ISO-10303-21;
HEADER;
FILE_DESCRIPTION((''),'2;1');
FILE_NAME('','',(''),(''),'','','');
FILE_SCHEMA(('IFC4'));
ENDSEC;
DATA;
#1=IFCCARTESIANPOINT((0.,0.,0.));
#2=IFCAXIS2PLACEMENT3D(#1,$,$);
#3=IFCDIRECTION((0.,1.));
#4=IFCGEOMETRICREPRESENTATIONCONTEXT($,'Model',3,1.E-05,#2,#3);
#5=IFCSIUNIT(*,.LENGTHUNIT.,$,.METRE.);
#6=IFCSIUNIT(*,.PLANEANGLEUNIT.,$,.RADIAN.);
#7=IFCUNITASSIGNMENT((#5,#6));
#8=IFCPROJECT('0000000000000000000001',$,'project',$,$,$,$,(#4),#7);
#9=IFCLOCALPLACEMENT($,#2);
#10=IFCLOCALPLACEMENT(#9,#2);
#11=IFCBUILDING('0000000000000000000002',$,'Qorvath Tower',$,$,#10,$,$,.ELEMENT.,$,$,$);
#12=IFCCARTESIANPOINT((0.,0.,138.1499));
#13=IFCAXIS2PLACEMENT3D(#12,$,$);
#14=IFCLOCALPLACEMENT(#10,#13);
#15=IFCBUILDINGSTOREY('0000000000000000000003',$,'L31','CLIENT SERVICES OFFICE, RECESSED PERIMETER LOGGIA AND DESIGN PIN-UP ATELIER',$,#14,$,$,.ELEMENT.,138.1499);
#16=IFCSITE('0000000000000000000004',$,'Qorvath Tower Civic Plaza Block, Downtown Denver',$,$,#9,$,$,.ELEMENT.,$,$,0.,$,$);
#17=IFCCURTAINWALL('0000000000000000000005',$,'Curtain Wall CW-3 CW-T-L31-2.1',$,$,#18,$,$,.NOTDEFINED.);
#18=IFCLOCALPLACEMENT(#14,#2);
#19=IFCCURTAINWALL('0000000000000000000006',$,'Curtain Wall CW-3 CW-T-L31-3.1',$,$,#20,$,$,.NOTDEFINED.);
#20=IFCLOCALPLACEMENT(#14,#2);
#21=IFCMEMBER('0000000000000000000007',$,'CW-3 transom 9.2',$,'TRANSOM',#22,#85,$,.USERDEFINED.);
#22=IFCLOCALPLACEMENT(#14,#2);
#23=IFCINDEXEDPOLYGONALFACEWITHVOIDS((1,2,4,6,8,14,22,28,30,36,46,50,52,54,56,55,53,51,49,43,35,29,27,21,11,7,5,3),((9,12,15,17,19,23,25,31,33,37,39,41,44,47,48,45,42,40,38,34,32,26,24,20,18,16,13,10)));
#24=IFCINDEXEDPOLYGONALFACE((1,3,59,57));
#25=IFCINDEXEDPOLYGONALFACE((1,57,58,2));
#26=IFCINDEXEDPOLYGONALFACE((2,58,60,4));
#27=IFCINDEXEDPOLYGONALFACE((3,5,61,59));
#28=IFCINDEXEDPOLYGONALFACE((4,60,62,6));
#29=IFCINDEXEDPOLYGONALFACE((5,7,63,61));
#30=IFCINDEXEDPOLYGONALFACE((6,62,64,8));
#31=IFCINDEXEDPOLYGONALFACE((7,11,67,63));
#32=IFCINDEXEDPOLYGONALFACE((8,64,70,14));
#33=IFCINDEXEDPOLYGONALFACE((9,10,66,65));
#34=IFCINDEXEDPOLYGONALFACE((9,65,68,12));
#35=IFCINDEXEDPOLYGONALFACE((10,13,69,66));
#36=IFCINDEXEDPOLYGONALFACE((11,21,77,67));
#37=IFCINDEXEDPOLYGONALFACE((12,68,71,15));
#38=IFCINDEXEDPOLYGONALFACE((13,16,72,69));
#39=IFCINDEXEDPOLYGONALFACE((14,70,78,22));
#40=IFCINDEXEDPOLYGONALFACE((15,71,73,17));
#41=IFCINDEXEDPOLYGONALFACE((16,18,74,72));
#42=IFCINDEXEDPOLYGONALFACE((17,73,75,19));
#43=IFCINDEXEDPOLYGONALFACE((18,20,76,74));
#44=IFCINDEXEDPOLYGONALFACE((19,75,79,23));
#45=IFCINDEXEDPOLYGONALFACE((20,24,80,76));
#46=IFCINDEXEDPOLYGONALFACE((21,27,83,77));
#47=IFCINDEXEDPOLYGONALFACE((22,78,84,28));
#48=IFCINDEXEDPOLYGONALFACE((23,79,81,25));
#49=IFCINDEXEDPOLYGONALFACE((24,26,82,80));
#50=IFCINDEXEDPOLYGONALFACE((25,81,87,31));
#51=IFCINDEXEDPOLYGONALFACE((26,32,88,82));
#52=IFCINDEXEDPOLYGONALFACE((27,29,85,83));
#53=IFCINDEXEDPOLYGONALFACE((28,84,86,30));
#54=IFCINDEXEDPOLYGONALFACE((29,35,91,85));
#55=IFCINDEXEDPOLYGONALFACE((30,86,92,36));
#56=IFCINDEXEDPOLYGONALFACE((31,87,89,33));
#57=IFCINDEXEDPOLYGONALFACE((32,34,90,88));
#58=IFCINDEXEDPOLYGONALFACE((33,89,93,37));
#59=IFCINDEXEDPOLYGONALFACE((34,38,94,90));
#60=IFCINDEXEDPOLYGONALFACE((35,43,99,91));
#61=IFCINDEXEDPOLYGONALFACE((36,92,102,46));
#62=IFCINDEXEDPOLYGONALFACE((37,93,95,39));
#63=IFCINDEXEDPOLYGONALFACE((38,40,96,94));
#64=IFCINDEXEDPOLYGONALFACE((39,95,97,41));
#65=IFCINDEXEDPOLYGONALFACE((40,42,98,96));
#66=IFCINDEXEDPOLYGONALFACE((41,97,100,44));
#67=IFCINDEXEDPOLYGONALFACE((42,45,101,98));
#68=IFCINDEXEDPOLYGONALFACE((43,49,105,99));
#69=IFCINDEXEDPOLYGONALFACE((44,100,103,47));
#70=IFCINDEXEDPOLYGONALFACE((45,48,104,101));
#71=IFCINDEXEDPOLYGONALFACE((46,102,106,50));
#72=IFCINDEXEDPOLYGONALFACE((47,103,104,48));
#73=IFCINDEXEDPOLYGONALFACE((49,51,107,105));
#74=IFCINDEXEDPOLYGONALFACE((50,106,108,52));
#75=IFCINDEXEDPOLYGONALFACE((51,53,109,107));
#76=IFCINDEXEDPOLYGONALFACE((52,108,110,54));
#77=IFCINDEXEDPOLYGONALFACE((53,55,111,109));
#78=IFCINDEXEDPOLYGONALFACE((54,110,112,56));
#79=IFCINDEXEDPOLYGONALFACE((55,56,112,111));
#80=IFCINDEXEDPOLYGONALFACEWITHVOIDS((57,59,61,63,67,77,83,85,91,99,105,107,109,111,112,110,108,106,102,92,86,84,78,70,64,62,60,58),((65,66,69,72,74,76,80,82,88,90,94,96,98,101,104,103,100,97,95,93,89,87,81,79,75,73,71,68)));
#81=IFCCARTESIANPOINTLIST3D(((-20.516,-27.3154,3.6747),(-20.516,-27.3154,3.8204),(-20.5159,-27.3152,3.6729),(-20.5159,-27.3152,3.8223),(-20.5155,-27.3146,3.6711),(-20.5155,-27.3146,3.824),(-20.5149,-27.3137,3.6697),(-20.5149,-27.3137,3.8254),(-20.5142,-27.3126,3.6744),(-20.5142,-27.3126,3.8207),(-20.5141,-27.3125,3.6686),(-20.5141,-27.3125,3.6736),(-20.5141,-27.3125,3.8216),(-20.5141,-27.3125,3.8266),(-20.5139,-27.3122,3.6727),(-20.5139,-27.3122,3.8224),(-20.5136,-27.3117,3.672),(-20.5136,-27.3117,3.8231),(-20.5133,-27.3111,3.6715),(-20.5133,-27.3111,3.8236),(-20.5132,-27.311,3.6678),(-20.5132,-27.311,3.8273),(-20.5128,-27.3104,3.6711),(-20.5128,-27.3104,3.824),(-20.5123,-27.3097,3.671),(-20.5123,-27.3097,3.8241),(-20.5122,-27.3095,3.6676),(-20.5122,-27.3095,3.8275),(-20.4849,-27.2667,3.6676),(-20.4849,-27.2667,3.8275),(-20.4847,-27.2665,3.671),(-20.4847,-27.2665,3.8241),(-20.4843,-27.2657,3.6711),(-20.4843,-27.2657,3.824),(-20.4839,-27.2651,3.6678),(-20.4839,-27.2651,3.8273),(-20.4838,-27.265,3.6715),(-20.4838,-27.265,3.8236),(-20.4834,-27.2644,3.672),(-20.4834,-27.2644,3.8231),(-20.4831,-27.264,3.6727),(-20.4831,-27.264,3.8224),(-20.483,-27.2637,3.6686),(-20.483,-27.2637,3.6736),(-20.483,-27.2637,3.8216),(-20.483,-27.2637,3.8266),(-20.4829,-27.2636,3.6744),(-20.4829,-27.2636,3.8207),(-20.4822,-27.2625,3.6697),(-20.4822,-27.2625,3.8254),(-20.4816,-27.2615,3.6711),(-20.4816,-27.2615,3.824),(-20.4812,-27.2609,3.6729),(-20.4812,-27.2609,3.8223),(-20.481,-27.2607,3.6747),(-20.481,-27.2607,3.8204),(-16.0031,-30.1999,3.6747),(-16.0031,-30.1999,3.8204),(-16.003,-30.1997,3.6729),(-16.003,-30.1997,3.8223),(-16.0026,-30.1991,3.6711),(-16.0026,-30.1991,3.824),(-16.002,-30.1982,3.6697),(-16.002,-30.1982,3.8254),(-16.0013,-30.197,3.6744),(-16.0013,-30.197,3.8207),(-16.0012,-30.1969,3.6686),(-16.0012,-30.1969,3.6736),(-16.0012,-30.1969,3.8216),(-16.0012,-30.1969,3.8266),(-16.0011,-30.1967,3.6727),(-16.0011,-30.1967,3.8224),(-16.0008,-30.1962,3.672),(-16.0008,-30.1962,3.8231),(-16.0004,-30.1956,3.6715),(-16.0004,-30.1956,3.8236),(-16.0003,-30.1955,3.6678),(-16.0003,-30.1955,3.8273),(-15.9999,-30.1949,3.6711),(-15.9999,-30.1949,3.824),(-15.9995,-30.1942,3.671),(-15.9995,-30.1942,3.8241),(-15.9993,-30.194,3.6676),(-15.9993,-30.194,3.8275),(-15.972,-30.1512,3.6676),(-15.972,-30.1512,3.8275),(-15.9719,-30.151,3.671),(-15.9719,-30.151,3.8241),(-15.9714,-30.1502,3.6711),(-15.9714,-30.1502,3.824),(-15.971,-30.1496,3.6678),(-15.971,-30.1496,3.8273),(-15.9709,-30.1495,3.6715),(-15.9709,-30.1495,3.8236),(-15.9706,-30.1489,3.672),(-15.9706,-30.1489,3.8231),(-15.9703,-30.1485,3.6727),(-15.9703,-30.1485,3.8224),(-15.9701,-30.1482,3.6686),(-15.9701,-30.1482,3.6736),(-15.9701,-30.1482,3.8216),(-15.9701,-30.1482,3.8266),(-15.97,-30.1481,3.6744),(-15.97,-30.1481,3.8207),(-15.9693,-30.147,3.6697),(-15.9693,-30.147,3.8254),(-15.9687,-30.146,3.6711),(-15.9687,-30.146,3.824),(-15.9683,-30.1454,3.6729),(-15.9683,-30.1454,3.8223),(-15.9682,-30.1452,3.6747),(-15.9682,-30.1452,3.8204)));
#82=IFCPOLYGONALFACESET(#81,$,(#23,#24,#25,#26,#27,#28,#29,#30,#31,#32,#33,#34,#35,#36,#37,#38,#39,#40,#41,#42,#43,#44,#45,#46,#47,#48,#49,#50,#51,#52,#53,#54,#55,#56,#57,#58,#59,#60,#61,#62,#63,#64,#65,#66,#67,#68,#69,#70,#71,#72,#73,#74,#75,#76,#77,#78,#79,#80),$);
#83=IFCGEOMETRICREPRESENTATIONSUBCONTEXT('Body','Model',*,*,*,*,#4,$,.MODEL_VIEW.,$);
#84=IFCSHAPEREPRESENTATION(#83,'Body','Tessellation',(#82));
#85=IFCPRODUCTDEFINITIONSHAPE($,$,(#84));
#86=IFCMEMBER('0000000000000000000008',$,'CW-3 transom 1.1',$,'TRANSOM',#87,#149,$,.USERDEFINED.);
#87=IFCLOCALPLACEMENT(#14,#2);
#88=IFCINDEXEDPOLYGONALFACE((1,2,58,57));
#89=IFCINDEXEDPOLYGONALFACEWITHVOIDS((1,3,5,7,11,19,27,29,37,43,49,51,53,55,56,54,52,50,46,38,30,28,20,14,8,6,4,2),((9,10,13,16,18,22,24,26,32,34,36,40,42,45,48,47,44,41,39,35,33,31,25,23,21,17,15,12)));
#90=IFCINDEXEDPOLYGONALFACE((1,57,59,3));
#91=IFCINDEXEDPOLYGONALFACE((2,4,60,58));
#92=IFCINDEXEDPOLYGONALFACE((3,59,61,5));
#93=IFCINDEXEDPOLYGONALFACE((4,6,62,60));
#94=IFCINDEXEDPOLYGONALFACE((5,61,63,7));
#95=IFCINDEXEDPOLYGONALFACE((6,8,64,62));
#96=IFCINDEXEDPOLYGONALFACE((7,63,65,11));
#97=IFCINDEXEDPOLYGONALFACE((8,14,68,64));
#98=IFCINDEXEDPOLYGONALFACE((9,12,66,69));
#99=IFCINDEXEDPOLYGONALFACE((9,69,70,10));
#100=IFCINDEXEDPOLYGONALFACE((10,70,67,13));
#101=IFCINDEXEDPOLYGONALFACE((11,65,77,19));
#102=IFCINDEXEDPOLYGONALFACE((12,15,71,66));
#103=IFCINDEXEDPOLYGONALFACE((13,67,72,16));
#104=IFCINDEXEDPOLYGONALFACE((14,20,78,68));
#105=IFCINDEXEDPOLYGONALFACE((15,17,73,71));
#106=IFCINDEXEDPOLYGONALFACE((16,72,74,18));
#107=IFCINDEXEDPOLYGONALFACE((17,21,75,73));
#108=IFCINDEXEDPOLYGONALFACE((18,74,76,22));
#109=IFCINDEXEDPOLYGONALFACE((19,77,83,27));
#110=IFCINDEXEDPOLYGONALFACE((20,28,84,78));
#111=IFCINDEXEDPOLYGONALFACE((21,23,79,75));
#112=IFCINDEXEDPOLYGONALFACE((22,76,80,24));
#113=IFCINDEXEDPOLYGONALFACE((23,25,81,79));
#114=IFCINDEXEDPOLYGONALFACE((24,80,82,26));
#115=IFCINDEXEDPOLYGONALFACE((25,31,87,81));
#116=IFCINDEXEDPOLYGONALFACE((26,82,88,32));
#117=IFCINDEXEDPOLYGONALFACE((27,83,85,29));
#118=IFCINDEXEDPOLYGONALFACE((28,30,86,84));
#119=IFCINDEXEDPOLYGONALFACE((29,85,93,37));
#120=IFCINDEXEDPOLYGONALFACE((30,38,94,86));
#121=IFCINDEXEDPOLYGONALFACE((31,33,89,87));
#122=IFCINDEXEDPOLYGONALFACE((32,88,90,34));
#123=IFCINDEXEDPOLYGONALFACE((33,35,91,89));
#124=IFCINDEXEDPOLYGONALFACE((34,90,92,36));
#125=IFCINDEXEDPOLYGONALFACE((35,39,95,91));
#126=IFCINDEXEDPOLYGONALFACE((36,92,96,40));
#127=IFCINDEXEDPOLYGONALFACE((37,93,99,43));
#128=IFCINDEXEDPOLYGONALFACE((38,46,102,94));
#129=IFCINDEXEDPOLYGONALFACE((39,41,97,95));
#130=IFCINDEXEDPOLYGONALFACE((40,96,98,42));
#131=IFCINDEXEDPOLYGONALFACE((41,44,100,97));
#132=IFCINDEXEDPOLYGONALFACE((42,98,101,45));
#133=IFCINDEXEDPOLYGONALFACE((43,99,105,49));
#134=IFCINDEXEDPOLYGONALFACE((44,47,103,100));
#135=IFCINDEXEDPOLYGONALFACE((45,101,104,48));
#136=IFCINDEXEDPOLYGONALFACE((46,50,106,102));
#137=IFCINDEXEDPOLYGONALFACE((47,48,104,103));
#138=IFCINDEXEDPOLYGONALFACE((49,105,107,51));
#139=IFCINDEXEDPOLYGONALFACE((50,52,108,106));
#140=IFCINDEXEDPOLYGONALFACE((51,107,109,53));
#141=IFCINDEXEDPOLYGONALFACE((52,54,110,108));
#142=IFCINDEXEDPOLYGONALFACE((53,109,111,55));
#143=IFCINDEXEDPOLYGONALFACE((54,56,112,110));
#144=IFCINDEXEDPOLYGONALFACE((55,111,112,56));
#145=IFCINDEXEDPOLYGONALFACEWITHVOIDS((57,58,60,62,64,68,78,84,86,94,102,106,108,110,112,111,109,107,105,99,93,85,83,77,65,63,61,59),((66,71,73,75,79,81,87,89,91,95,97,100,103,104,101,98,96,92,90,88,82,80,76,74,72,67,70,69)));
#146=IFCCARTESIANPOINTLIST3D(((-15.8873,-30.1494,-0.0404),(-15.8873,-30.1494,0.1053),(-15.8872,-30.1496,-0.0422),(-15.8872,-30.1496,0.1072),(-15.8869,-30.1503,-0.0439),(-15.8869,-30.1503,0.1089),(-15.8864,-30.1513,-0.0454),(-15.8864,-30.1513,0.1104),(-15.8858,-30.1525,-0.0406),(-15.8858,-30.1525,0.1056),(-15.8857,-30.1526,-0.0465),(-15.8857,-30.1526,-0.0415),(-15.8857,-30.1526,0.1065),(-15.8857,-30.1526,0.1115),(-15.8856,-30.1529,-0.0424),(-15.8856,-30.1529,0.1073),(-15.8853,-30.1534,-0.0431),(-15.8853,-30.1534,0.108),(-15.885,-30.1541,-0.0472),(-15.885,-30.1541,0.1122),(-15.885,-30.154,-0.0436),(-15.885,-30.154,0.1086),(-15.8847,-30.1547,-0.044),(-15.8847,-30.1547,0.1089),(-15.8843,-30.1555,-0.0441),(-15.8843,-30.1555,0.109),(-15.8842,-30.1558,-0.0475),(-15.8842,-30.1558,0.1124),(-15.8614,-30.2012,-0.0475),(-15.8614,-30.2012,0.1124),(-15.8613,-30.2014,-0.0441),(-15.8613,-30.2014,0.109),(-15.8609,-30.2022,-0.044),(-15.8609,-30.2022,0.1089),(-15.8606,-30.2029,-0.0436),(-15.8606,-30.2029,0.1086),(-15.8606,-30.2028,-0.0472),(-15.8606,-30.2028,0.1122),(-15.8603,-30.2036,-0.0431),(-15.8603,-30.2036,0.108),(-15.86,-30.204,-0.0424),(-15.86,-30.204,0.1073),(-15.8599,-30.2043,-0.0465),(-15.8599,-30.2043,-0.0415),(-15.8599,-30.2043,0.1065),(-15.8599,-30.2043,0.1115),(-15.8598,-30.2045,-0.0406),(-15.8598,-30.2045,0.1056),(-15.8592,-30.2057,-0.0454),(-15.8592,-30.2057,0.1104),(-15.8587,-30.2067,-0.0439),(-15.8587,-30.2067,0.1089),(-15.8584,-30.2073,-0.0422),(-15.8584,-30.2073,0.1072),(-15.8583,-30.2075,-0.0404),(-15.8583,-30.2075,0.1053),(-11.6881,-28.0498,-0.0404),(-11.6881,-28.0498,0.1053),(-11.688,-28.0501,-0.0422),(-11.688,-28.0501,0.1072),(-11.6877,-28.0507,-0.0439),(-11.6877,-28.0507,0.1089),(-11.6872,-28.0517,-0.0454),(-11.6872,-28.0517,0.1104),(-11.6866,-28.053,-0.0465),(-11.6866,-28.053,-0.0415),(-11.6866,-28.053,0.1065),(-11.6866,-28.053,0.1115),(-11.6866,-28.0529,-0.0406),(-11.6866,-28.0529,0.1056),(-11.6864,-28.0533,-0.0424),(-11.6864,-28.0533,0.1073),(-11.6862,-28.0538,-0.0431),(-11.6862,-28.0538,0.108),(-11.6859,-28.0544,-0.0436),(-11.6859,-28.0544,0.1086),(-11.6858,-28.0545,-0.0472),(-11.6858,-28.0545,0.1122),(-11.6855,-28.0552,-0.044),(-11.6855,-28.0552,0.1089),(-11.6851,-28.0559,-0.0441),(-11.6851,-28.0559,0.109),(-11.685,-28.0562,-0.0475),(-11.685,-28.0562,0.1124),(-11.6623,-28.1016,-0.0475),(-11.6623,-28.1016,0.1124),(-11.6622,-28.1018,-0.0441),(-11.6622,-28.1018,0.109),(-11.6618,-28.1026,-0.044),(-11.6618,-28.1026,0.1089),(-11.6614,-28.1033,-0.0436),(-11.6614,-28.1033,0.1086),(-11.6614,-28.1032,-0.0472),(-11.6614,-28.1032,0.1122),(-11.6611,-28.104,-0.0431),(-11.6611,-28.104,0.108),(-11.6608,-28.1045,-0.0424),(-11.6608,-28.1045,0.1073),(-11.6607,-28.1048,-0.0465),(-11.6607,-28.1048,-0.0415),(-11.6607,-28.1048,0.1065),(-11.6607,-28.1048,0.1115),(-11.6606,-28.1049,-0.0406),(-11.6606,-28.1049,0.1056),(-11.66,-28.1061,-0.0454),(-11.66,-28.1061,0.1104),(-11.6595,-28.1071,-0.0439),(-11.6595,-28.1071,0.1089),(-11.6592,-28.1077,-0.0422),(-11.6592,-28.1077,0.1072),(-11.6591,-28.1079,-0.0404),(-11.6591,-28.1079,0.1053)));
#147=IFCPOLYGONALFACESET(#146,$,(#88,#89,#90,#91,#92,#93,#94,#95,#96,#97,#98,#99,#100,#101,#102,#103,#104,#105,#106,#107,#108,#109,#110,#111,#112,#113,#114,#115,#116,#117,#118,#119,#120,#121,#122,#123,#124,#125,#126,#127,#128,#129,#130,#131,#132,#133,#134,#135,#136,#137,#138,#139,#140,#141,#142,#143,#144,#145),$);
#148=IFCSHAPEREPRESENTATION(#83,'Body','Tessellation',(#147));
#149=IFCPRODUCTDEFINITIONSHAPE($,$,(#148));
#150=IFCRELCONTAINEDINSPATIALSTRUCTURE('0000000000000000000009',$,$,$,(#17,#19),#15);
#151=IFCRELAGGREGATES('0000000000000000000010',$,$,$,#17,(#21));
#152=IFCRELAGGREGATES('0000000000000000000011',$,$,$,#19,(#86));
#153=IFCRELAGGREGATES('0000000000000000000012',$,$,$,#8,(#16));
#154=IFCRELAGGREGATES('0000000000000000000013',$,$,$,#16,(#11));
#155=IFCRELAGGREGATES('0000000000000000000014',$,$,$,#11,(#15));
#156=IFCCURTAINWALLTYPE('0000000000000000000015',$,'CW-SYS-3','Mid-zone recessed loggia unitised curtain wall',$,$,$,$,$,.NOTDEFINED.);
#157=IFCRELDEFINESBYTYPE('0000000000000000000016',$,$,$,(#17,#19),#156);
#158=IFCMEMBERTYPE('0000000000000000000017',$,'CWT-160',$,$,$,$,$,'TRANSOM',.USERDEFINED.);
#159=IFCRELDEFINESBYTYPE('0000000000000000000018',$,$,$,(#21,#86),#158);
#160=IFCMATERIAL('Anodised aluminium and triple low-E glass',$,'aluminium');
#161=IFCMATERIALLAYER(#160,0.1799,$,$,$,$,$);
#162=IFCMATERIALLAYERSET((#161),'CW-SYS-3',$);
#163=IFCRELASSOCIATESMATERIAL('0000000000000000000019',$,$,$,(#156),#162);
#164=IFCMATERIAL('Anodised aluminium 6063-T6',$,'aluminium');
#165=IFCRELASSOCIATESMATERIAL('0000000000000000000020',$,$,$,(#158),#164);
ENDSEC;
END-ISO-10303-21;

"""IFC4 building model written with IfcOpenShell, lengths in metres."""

from ifc_helpers import new_model, si_unit, direction, frame, origin, origin_2d, place, context, subcontext, project, spatial, hollow_rectangle, extrude, material, layer, layer_set, material_profile, profile_set, type_object, element, aggregate, save


model = new_model("IFC4")

# Units and contexts
model_context = context("Model", 3, precision=1e-05, world=origin(), true_north=direction((0.0, 1.0)))
body_context = subcontext(model_context, "Body", "Model", "MODEL_VIEW")
ifc_project = project(units=[si_unit("LENGTHUNIT", "METRE"), si_unit("PLANEANGLEUNIT", "RADIAN")], contexts=[model_context])

# Site, building, storey
site_placement = place(None, origin())
site = spatial("IfcSite", under=ifc_project, at=site_placement, Name="Qorvath Tower Civic Plaza Block, Downtown Denver", CompositionType="ELEMENT", RefElevation=0.0)
building_placement = place(site_placement, origin())
building = spatial("IfcBuilding", under=site, at=building_placement, Name="Qorvath Tower", CompositionType="ELEMENT")
storey_placement = place(building_placement, frame((0.0, 0.0, 138.1499)))
storey = spatial("IfcBuildingStorey", under=building, at=storey_placement, Name="L31", Description="CLIENT SERVICES OFFICE, RECESSED PERIMETER LOGGIA AND DESIGN PIN-UP ATELIER", CompositionType="ELEMENT", Elevation=138.1499)

# Curtain wall
ifc_material_1 = material(Name="Anodised aluminium and triple low-E glass", Category="aluminium")
ifc_layer_1 = layer(ifc_material_1, 0.1799)
ifc_layer_set_1 = layer_set([ifc_layer_1], Name="CW-SYS-3")
curtain_wall_type = type_object("IfcCurtainWallType", Name="CW-SYS-3", Description="Mid-zone recessed loggia unitised curtain wall", PredefinedType="NOTDEFINED", material=ifc_layer_set_1)
curtain_wall_1_placement = place(storey_placement, origin())
curtain_wall_1 = element("IfcCurtainWall", 1, at=curtain_wall_1_placement, inside=storey, type_object=curtain_wall_type, Name="Curtain Wall CW-3 CW-T-L31-2.1", PredefinedType="NOTDEFINED")

# Curtain wall
curtain_wall_2_placement = place(storey_placement, origin())
curtain_wall_2 = element("IfcCurtainWall", 2, at=curtain_wall_2_placement, inside=storey, type_object=curtain_wall_type, Name="Curtain Wall CW-3 CW-T-L31-3.1", PredefinedType="NOTDEFINED")

# Members
ifc_material_2 = material(Name="Anodised aluminium 6063-T6", Category="aluminium")
ifc_material_profile_1 = material_profile(ifc_material_2, hollow_rectangle(XDim=0.0649, YDim=0.1599, WallThickness=0.0034, InnerFilletRadius=0.0034, OuterFilletRadius=0.0071, at=origin_2d()), Name="CWT 160x65")
ifc_profile_set_1 = profile_set([ifc_material_profile_1], Name="Anodised aluminium 6063-T6")
member_type_1 = type_object("IfcMemberType", Name="CWT-160", ElementType="TRANSOM", PredefinedType="USERDEFINED", material=ifc_profile_set_1)
member_1_placement = place(storey_placement, frame((-20.4985, -27.2881, 3.7476), z_axis=(0.84259, -0.538556, 0.0), x_axis=(0.538556, 0.84259, 0.0)))
member_1 = element("IfcMember", 3, at=member_1_placement, type_object=member_type_1, Name="CW-3 transom 9.2", ObjectType="TRANSOM", PredefinedType="USERDEFINED", context=body_context, shape_type="SweptSolid", body=[
    extrude(hollow_rectangle(XDim=0.0649, YDim=0.1599, WallThickness=0.0034, InnerFilletRadius=0.0034, OuterFilletRadius=0.0071, at=origin_2d()), origin(), (0.0, 0.0, 1.0), 5.356),
])
member_2_placement = place(storey_placement, frame((-15.8728, -30.1785, 0.0325), z_axis=(0.894427, 0.447214, 0.0), x_axis=(-0.447214, 0.894427, 0.0)))
member_2 = element("IfcMember", 4, at=member_2_placement, type_object=member_type_1, Name="CW-3 transom 1.1", ObjectType="TRANSOM", PredefinedType="USERDEFINED", context=body_context, shape_type="SweptSolid", body=[
    extrude(hollow_rectangle(XDim=0.0649, YDim=0.1599, WallThickness=0.0034, InnerFilletRadius=0.0034, OuterFilletRadius=0.0071, at=origin_2d()), origin(), (0.0, 0.0, 1.0), 4.6948),
])

aggregate(curtain_wall_1, [member_1])
aggregate(curtain_wall_2, [member_2])

save(model, "model.ifc")
